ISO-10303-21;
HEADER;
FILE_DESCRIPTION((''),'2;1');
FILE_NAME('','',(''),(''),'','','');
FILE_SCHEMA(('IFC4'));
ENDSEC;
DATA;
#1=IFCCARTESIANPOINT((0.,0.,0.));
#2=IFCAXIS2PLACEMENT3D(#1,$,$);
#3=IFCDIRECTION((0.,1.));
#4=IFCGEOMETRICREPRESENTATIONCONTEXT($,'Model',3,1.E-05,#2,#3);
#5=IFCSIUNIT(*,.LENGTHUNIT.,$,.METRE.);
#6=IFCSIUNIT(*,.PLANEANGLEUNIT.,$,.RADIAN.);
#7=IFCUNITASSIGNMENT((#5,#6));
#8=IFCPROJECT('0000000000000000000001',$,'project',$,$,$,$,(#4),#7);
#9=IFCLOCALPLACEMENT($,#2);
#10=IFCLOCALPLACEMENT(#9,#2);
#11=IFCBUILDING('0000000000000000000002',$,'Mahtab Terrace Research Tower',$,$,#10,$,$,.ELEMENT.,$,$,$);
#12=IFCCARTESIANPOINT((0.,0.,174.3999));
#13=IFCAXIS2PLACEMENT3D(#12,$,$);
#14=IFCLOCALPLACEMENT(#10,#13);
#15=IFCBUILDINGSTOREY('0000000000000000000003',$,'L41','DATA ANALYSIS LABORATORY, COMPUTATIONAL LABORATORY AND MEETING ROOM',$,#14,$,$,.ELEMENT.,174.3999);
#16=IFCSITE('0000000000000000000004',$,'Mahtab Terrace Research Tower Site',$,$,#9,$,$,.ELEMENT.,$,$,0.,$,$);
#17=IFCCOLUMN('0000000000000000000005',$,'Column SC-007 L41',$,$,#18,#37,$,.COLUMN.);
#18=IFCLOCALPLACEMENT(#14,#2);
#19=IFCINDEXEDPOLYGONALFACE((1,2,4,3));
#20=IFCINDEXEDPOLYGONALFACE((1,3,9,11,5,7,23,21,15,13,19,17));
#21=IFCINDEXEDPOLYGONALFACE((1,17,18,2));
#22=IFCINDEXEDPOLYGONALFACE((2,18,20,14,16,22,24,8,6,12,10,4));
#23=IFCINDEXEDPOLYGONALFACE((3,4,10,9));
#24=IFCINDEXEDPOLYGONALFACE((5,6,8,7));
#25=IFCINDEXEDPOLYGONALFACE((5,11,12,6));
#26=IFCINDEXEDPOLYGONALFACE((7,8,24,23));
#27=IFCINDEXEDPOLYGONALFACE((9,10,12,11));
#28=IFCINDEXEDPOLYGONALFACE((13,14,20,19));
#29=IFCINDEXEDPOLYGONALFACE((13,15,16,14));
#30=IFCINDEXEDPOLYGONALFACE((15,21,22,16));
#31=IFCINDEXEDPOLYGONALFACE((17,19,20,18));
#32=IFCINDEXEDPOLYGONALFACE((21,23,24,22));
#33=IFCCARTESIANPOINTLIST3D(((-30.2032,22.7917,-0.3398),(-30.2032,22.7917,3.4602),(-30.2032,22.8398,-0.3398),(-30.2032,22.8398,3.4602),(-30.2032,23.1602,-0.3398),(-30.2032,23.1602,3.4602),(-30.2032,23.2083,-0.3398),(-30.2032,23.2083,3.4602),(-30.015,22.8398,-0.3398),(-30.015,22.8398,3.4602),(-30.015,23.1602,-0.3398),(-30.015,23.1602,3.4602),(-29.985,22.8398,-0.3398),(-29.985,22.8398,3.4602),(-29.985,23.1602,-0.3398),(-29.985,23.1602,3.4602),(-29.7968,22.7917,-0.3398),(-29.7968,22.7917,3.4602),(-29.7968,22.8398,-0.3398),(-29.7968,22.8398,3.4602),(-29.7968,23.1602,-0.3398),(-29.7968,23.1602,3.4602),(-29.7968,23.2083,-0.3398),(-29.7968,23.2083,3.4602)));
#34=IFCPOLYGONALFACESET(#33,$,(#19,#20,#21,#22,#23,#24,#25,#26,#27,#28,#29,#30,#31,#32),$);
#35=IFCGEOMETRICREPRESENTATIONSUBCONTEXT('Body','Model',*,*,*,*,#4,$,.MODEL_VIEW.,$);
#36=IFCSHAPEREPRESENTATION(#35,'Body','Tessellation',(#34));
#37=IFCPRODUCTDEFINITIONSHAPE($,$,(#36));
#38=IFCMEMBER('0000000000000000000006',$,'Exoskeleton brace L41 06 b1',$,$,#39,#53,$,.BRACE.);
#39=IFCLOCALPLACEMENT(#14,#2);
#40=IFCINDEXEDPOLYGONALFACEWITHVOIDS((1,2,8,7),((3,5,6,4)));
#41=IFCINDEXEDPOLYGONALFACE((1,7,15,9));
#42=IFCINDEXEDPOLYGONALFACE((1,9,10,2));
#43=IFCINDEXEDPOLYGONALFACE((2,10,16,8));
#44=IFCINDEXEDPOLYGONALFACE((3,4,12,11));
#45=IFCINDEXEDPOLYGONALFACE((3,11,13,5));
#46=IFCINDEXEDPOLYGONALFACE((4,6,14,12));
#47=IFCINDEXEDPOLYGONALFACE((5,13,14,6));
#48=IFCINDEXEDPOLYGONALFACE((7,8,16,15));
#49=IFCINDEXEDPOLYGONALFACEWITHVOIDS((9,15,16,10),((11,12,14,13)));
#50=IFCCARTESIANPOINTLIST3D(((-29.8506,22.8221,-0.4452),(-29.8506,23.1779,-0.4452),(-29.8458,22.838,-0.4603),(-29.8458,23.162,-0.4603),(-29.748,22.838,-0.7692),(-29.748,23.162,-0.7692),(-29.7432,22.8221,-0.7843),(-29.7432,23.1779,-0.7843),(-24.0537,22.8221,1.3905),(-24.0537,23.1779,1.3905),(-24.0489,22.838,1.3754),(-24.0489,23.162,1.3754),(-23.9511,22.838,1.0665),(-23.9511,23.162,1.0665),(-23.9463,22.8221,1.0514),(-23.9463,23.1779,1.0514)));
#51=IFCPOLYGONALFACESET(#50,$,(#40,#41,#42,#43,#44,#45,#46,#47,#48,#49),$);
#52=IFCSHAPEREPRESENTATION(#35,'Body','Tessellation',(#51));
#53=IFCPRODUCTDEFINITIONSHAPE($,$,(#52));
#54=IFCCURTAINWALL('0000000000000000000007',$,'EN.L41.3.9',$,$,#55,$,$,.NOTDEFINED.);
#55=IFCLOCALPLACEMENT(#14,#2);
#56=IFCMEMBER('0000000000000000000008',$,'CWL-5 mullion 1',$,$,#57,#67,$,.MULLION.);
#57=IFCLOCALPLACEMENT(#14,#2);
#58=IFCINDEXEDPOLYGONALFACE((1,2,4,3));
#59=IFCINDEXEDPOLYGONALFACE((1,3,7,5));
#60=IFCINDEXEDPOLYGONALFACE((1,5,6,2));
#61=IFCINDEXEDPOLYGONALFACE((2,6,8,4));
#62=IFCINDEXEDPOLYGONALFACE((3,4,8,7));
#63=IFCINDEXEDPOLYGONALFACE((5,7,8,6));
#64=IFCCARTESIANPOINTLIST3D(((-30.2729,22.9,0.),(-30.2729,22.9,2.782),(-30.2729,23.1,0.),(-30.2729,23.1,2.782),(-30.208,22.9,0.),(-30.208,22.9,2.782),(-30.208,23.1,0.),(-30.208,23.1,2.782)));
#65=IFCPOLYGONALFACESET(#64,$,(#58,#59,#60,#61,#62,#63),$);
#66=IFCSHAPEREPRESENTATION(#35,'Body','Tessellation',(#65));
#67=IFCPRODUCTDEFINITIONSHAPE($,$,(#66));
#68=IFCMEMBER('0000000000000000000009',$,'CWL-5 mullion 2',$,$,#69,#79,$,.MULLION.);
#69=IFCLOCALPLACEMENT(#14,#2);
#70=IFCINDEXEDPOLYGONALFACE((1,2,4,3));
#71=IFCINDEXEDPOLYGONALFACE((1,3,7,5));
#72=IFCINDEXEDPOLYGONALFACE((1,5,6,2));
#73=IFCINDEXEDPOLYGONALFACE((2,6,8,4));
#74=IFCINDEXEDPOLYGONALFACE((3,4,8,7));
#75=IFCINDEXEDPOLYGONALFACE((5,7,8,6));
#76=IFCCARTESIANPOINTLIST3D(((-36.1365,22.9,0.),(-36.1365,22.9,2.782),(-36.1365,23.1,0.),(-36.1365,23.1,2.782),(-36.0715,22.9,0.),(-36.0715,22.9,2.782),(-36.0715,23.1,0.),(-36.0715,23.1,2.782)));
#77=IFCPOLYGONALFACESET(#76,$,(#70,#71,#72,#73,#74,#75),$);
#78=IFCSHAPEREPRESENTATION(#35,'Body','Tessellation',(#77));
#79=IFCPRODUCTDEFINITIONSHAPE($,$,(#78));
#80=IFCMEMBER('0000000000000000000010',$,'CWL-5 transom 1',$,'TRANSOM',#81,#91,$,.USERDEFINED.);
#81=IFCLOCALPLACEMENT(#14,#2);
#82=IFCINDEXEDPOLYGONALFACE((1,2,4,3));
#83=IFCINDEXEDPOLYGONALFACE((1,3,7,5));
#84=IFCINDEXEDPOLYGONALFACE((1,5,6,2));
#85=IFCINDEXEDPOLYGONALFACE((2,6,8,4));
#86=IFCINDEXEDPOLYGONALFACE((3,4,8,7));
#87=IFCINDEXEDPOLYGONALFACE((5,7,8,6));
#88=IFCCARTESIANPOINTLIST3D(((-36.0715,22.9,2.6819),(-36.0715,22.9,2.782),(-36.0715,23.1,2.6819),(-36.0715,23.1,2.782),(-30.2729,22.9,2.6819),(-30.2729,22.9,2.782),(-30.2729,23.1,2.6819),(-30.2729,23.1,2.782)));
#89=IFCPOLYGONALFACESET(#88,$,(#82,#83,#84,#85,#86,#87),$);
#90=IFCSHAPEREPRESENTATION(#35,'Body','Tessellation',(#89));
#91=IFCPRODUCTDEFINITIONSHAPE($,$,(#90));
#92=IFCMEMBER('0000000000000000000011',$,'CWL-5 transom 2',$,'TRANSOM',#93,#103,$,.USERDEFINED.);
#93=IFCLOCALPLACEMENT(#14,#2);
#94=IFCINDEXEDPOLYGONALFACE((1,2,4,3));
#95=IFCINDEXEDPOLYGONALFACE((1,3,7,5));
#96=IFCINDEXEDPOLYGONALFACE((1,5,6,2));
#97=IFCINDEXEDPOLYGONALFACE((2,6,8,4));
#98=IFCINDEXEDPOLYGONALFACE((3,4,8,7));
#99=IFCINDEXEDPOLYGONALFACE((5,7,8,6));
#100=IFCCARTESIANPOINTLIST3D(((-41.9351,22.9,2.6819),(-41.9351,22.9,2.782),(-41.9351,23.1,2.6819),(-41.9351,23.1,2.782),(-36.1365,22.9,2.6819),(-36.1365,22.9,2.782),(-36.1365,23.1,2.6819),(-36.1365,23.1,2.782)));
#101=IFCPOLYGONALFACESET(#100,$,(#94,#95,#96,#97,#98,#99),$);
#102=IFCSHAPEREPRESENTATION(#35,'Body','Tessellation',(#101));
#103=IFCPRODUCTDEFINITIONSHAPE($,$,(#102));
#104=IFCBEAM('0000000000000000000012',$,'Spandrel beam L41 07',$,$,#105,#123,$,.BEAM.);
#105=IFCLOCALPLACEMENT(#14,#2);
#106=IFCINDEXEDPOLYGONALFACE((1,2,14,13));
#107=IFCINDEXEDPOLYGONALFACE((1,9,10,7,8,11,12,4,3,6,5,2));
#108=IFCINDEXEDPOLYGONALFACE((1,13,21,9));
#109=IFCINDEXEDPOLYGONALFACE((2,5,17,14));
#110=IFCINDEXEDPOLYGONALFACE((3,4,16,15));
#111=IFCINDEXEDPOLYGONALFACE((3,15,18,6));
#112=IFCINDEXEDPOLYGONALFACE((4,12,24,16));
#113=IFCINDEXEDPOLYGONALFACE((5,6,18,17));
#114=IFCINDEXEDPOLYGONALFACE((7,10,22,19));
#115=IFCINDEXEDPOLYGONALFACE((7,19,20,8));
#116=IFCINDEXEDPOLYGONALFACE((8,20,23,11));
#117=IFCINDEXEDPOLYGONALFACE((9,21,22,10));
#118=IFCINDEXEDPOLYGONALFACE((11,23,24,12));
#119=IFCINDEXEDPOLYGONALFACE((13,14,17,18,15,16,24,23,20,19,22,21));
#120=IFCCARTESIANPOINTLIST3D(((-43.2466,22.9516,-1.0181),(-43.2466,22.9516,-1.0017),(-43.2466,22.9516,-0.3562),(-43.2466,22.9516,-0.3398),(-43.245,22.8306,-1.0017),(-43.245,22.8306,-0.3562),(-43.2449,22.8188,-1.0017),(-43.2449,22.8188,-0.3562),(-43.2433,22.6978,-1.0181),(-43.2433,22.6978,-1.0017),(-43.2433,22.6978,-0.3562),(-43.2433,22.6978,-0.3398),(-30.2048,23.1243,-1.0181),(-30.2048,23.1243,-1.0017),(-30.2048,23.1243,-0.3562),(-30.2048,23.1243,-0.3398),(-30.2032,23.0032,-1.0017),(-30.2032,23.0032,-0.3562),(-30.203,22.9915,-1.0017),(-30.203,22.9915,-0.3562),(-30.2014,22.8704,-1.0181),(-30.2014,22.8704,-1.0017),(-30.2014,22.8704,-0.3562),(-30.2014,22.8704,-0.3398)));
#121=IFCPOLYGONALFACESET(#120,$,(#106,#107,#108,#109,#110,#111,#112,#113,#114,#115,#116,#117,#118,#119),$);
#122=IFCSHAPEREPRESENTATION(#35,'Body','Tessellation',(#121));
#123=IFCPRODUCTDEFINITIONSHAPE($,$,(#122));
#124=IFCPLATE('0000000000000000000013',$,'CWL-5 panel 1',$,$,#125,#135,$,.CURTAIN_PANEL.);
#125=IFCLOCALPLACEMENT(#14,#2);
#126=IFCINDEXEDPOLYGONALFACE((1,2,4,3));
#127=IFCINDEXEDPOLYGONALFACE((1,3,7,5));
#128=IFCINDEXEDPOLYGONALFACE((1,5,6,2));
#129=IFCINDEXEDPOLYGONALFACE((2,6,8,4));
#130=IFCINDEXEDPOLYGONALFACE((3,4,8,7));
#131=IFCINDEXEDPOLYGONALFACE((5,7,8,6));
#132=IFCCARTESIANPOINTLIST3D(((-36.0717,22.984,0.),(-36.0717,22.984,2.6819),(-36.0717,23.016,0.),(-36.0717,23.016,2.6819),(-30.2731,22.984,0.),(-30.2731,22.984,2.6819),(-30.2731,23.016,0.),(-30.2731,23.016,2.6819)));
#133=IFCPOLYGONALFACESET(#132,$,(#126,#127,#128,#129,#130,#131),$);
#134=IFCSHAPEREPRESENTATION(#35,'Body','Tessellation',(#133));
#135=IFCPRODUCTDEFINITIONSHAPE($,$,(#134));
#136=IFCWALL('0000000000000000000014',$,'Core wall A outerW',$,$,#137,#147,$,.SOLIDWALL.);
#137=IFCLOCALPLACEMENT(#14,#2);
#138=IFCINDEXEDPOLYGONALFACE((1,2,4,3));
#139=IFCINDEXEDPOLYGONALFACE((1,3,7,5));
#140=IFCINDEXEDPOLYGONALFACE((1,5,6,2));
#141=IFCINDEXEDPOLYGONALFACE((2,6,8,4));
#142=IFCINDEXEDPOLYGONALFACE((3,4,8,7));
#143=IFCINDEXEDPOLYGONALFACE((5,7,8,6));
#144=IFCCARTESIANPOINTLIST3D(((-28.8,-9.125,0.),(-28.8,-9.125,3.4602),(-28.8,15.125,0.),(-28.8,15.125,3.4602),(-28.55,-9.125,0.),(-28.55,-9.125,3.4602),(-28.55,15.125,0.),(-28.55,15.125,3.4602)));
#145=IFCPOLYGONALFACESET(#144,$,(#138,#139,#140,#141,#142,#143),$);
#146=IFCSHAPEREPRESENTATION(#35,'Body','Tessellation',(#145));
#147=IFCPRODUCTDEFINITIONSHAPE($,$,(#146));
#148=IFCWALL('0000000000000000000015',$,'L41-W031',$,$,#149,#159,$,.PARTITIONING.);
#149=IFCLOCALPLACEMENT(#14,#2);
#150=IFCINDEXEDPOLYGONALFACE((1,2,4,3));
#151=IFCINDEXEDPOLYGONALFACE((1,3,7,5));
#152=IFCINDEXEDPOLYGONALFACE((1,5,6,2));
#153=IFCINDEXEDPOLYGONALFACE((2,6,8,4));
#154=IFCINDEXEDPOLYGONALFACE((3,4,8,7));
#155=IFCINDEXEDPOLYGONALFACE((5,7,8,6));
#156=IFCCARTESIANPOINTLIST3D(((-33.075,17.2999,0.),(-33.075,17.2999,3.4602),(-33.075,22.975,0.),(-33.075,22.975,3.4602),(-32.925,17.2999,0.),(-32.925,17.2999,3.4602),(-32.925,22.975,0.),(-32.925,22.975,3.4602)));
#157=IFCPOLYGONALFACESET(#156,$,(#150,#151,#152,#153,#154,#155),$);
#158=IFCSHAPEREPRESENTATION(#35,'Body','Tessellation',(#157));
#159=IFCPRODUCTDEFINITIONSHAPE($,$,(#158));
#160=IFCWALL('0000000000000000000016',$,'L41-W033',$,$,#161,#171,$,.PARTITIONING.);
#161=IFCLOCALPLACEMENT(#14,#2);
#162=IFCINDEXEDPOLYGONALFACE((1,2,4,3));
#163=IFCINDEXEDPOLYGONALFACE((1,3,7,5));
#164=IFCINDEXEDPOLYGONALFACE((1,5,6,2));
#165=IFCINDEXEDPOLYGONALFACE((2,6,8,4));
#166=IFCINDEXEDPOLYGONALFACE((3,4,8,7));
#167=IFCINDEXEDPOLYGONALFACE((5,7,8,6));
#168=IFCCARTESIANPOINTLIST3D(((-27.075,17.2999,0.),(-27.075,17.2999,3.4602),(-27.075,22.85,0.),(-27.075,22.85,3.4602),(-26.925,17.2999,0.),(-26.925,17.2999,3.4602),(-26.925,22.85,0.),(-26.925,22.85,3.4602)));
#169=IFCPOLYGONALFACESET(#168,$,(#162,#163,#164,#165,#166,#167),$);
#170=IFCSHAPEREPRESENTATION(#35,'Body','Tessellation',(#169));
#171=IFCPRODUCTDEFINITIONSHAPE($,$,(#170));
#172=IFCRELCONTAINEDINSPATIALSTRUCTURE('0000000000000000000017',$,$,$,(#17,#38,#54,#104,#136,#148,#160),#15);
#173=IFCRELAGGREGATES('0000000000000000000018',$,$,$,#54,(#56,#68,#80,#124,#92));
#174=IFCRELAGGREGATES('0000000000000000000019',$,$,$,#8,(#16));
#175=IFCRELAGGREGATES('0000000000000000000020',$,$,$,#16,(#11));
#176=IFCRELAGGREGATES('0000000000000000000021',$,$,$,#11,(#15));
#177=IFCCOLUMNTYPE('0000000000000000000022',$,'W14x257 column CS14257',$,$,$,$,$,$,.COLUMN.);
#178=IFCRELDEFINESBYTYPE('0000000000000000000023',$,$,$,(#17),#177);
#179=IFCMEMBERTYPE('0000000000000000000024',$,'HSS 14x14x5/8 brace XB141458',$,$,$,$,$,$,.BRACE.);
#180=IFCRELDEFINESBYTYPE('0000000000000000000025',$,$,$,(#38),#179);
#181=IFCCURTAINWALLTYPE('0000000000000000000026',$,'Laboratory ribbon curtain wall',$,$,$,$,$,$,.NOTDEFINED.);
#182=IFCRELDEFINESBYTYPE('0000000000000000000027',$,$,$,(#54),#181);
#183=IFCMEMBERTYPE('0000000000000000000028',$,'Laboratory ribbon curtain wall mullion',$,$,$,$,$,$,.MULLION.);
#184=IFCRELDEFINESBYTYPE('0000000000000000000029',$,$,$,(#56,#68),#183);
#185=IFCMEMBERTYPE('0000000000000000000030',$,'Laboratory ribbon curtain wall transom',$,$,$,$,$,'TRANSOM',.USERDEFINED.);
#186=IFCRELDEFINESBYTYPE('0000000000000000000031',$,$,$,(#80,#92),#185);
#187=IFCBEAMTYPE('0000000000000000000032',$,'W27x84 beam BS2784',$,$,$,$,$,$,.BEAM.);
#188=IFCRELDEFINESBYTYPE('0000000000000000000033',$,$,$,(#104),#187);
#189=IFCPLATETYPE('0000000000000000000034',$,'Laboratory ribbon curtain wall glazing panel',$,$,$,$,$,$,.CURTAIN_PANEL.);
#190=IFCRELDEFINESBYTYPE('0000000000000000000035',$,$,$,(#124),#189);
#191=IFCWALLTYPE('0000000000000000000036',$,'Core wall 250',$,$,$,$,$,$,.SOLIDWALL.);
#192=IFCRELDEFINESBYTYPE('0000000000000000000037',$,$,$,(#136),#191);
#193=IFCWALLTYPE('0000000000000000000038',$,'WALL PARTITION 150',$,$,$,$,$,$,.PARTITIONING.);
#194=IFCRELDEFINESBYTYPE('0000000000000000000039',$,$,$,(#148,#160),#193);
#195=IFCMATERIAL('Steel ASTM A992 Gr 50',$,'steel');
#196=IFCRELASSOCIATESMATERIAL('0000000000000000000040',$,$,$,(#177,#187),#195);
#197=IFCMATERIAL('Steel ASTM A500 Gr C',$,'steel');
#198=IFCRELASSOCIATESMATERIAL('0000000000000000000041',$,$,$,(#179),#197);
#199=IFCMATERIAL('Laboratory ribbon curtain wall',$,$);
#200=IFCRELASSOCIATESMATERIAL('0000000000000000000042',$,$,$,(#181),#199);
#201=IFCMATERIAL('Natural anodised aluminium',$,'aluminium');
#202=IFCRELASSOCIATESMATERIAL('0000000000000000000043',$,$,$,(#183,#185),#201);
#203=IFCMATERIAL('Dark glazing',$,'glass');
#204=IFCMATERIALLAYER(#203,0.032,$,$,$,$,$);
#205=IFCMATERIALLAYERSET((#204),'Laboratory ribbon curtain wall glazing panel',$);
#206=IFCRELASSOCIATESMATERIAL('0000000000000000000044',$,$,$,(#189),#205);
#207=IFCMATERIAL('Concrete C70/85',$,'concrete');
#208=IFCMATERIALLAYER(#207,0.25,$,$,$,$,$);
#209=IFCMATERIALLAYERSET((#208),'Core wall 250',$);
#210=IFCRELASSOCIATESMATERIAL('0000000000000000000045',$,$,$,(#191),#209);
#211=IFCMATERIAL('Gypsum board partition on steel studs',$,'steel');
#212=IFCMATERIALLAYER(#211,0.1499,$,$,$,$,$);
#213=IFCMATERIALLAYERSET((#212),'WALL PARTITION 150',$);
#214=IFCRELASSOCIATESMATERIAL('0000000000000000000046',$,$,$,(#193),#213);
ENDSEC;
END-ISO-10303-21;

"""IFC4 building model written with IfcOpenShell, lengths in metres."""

from ifc_helpers import new_model, si_unit, direction, frame, frame_2d, origin, origin_2d, place, context, subcontext, project, spatial, rectangle, hollow_rectangle, i_section, extrude, material, layer, layer_set, material_profile, profile_set, type_object, element, aggregate, save


model = new_model("IFC4")

# Units and contexts
model_context = context("Model", 3, precision=1e-05, world=origin(), true_north=direction((0.0, 1.0)))
body_context = subcontext(model_context, "Body", "Model", "MODEL_VIEW")
ifc_project = project(units=[si_unit("LENGTHUNIT", "METRE"), si_unit("PLANEANGLEUNIT", "RADIAN")], contexts=[model_context])

# Site, building, storey
site_placement = place(None, origin())
site = spatial("IfcSite", under=ifc_project, at=site_placement, Name="Mahtab Terrace Research Tower Site", CompositionType="ELEMENT", RefElevation=0.0)
building_placement = place(site_placement, origin())
building = spatial("IfcBuilding", under=site, at=building_placement, Name="Mahtab Terrace Research Tower", CompositionType="ELEMENT")
storey_placement = place(building_placement, frame((0.0, 0.0, 174.3999)))
storey = spatial("IfcBuildingStorey", under=building, at=storey_placement, Name="L41", Description="DATA ANALYSIS LABORATORY, COMPUTATIONAL LABORATORY AND MEETING ROOM", CompositionType="ELEMENT", Elevation=174.3999)

# Column
ifc_material_1 = material(Name="Steel ASTM A992 Gr 50", Category="steel")
ifc_material_profile_1 = material_profile(ifc_material_1, i_section(OverallWidth=0.4065, OverallDepth=0.4165, WebThickness=0.03, FlangeThickness=0.0481, at=origin_2d()), Name="W14X257")
ifc_profile_set_1 = profile_set([ifc_material_profile_1], Name="Steel ASTM A992 Gr 50")
column_type = type_object("IfcColumnType", Name="W14x257 column CS14257", PredefinedType="COLUMN", material=ifc_profile_set_1)
column_placement = place(storey_placement, frame((-30.0, 23.0, -0.3398), z_axis=(0.0, 0.0, 1.0), x_axis=(1.0, 0.0, 0.0)))
element("IfcColumn", 1, at=column_placement, inside=storey, type_object=column_type, Name="Column SC-007 L41", PredefinedType="COLUMN", context=body_context, shape_type="SweptSolid", body=[
    extrude(i_section(OverallWidth=0.4065, OverallDepth=0.4165, WebThickness=0.03, FlangeThickness=0.0481, at=origin_2d()), origin(), (0.0, 0.0, 1.0), 3.8),
])

# Member
ifc_material_2 = material(Name="Steel ASTM A500 Gr C", Category="steel")
ifc_material_profile_2 = material_profile(ifc_material_2, hollow_rectangle(XDim=0.3557, YDim=0.3557, WallThickness=0.0159, at=origin_2d()), Name="HSS14X14X5/8")
ifc_profile_set_2 = profile_set([ifc_material_profile_2], Name="Steel ASTM A500 Gr C")
member_type_1 = type_object("IfcMemberType", Name="HSS 14x14x5/8 brace XB141458", PredefinedType="BRACE", material=ifc_profile_set_2)
member_1_placement = place(storey_placement, frame((-29.7969, 23.0, -0.6147), z_axis=(0.953341, 0.0, 0.301894), x_axis=(0.0, 1.0, 0.0)))
element("IfcMember", 2, at=member_1_placement, inside=storey, type_object=member_type_1, Name="Exoskeleton brace L41 06 b1", PredefinedType="BRACE", context=body_context, shape_type="SweptSolid", body=[
    extrude(hollow_rectangle(XDim=0.3557, YDim=0.3557, WallThickness=0.0159, at=origin_2d()), origin(), (0.0, 0.0, 1.0), 6.0806),
])

# Curtain wall, members
ifc_material_3 = material(Name="Laboratory ribbon curtain wall")
curtain_wall_type = type_object("IfcCurtainWallType", Name="Laboratory ribbon curtain wall", PredefinedType="NOTDEFINED", material=ifc_material_3)
curtain_wall_placement = place(storey_placement, origin())
curtain_wall = element("IfcCurtainWall", 3, at=curtain_wall_placement, inside=storey, type_object=curtain_wall_type, Name="EN.L41.3.9", PredefinedType="NOTDEFINED")
ifc_material_4 = material(Name="Natural anodised aluminium", Category="aluminium")
ifc_material_profile_3 = material_profile(ifc_material_4, rectangle(XDim=0.2, YDim=0.0649, at=origin_2d()), Name="MULLION 65x200")
ifc_profile_set_3 = profile_set([ifc_material_profile_3], Name="Natural anodised aluminium")
member_type_2 = type_object("IfcMemberType", Name="Laboratory ribbon curtain wall mullion", PredefinedType="MULLION", material=ifc_profile_set_3)
member_2_placement = place(storey_placement, frame((-30.2405, 23.0, 0.0), z_axis=(0.0, 0.0, 1.0), x_axis=(0.0, -1.0, 0.0)))
member_2 = element("IfcMember", 4, at=member_2_placement, type_object=member_type_2, Name="CWL-5 mullion 1", PredefinedType="MULLION", context=body_context, shape_type="SweptSolid", body=[
    extrude(rectangle(XDim=0.2, YDim=0.0649, at=origin_2d()), origin(), (0.0, 0.0, 1.0), 2.782),
])
member_3_placement = place(storey_placement, frame((-36.104, 23.0, 0.0), z_axis=(0.0, 0.0, 1.0), x_axis=(0.0, -1.0, 0.0)))
member_3 = element("IfcMember", 5, at=member_3_placement, type_object=member_type_2, Name="CWL-5 mullion 2", PredefinedType="MULLION", context=body_context, shape_type="SweptSolid", body=[
    extrude(rectangle(XDim=0.2, YDim=0.0649, at=origin_2d()), origin(), (0.0, 0.0, 1.0), 2.782),
])
ifc_material_profile_4 = material_profile(ifc_material_4, rectangle(XDim=0.2, YDim=0.1001, at=origin_2d()), Name="TRANSOM 100x200")
ifc_profile_set_4 = profile_set([ifc_material_profile_4], Name="Natural anodised aluminium")
member_type_3 = type_object("IfcMemberType", Name="Laboratory ribbon curtain wall transom", ElementType="TRANSOM", PredefinedType="USERDEFINED", material=ifc_profile_set_4)
member_4_placement = place(storey_placement, frame((-30.2729, 23.0, 2.7319), z_axis=(-1.0, 0.0, 0.0), x_axis=(0.0, -1.0, 0.0)))
member_4 = element("IfcMember", 6, at=member_4_placement, type_object=member_type_3, Name="CWL-5 transom 1", ObjectType="TRANSOM", PredefinedType="USERDEFINED", context=body_context, shape_type="SweptSolid", body=[
    extrude(rectangle(XDim=0.2, YDim=0.1001, at=origin_2d()), origin(), (0.0, 0.0, 1.0), 5.7986),
])
member_5_placement = place(storey_placement, frame((-36.1365, 23.0, 2.7319), z_axis=(-1.0, 0.0, 0.0), x_axis=(0.0, -1.0, 0.0)))
member_5 = element("IfcMember", 7, at=member_5_placement, type_object=member_type_3, Name="CWL-5 transom 2", ObjectType="TRANSOM", PredefinedType="USERDEFINED", context=body_context, shape_type="SweptSolid", body=[
    extrude(rectangle(XDim=0.2, YDim=0.1001, at=origin_2d()), origin(), (0.0, 0.0, 1.0), 5.7986),
])

# Beam
ifc_material_profile_5 = material_profile(ifc_material_1, i_section(OverallWidth=0.2539, OverallDepth=0.6782, WebThickness=0.0117, FlangeThickness=0.0164, at=origin_2d()), Name="W27X84")
ifc_profile_set_5 = profile_set([ifc_material_profile_5], Name="Steel ASTM A992 Gr 50")
beam_type = type_object("IfcBeamType", Name="W27x84 beam BS2784", PredefinedType="BEAM", material=ifc_profile_set_5)
beam_placement = place(storey_placement, frame((-30.2031, 22.9973, -0.679), z_axis=(-0.999912, -0.013234, 0.0), x_axis=(0.013234, -0.999912, 0.0)))
element("IfcBeam", 8, at=beam_placement, inside=storey, type_object=beam_type, Name="Spandrel beam L41 07", PredefinedType="BEAM", context=body_context, shape_type="SweptSolid", body=[
    extrude(i_section(OverallWidth=0.2539, OverallDepth=0.6782, WebThickness=0.0117, FlangeThickness=0.0164, at=origin_2d()), origin(), (0.0, 0.0, 1.0), 13.043),
])

# Plate
ifc_material_5 = material(Name="Dark glazing", Category="glass")
ifc_layer_1 = layer(ifc_material_5, 0.032)
ifc_layer_set_1 = layer_set([ifc_layer_1], Name="Laboratory ribbon curtain wall glazing panel")
plate_type = type_object("IfcPlateType", Name="Laboratory ribbon curtain wall glazing panel", PredefinedType="CURTAIN_PANEL", material=ifc_layer_set_1)
plate_placement = place(storey_placement, frame((-33.1724, 23.0, 0.0), z_axis=(0.0, 0.0, 1.0), x_axis=(-1.0, 0.0, 0.0)))
plate = element("IfcPlate", 9, at=plate_placement, type_object=plate_type, Name="CWL-5 panel 1", PredefinedType="CURTAIN_PANEL", context=body_context, shape_type="SweptSolid", body=[
    extrude(rectangle(XDim=5.7986, YDim=0.032, at=origin_2d()), origin(), (0.0, 0.0, 1.0), 2.6819),
])
aggregate(curtain_wall, [member_2, member_3, member_4, plate, member_5])

# Walls
ifc_material_6 = material(Name="Concrete C70/85", Category="concrete")
ifc_layer_2 = layer(ifc_material_6, 0.25)
ifc_layer_set_2 = layer_set([ifc_layer_2], Name="Core wall 250")
wall_type_1 = type_object("IfcWallType", Name="Core wall 250", PredefinedType="SOLIDWALL", material=ifc_layer_set_2)
wall_1_placement = place(storey_placement, frame((-28.675, 15.125, 0.0), z_axis=(0.0, 0.0, 1.0), x_axis=(0.0, -1.0, 0.0)))
element("IfcWall", 10, at=wall_1_placement, inside=storey, type_object=wall_type_1, Name="Core wall A outerW", PredefinedType="SOLIDWALL", context=body_context, shape_type="SweptSolid", body=[
    extrude(rectangle(XDim=24.25, YDim=0.25, at=frame_2d((12.125, 0.0))), origin(), (0.0, 0.0, 1.0), 3.4602),
])
ifc_material_7 = material(Name="Gypsum board partition on steel studs", Category="steel")
ifc_layer_3 = layer(ifc_material_7, 0.1499)
ifc_layer_set_3 = layer_set([ifc_layer_3], Name="WALL PARTITION 150")
wall_type_2 = type_object("IfcWallType", Name="WALL PARTITION 150", PredefinedType="PARTITIONING", material=ifc_layer_set_3)
wall_2_placement = place(storey_placement, frame((-33.0, 17.3, 0.0), z_axis=(0.0, 0.0, 1.0), x_axis=(0.0, 1.0, 0.0)))
element("IfcWall", 11, at=wall_2_placement, inside=storey, type_object=wall_type_2, Name="L41-W031", PredefinedType="PARTITIONING", context=body_context, shape_type="SweptSolid", body=[
    extrude(rectangle(XDim=5.675, YDim=0.1499, at=frame_2d((2.8374, 0.0))), origin(), (0.0, 0.0, 1.0), 3.4602),
])
wall_3_placement = place(storey_placement, frame((-27.0, 17.3, 0.0), z_axis=(0.0, 0.0, 1.0), x_axis=(0.0, 1.0, 0.0)))
element("IfcWall", 12, at=wall_3_placement, inside=storey, type_object=wall_type_2, Name="L41-W033", PredefinedType="PARTITIONING", context=body_context, shape_type="SweptSolid", body=[
    extrude(rectangle(XDim=5.55, YDim=0.1499, at=frame_2d((2.7749, 0.0))), origin(), (0.0, 0.0, 1.0), 3.4602),
])

save(model, "model.ifc")
